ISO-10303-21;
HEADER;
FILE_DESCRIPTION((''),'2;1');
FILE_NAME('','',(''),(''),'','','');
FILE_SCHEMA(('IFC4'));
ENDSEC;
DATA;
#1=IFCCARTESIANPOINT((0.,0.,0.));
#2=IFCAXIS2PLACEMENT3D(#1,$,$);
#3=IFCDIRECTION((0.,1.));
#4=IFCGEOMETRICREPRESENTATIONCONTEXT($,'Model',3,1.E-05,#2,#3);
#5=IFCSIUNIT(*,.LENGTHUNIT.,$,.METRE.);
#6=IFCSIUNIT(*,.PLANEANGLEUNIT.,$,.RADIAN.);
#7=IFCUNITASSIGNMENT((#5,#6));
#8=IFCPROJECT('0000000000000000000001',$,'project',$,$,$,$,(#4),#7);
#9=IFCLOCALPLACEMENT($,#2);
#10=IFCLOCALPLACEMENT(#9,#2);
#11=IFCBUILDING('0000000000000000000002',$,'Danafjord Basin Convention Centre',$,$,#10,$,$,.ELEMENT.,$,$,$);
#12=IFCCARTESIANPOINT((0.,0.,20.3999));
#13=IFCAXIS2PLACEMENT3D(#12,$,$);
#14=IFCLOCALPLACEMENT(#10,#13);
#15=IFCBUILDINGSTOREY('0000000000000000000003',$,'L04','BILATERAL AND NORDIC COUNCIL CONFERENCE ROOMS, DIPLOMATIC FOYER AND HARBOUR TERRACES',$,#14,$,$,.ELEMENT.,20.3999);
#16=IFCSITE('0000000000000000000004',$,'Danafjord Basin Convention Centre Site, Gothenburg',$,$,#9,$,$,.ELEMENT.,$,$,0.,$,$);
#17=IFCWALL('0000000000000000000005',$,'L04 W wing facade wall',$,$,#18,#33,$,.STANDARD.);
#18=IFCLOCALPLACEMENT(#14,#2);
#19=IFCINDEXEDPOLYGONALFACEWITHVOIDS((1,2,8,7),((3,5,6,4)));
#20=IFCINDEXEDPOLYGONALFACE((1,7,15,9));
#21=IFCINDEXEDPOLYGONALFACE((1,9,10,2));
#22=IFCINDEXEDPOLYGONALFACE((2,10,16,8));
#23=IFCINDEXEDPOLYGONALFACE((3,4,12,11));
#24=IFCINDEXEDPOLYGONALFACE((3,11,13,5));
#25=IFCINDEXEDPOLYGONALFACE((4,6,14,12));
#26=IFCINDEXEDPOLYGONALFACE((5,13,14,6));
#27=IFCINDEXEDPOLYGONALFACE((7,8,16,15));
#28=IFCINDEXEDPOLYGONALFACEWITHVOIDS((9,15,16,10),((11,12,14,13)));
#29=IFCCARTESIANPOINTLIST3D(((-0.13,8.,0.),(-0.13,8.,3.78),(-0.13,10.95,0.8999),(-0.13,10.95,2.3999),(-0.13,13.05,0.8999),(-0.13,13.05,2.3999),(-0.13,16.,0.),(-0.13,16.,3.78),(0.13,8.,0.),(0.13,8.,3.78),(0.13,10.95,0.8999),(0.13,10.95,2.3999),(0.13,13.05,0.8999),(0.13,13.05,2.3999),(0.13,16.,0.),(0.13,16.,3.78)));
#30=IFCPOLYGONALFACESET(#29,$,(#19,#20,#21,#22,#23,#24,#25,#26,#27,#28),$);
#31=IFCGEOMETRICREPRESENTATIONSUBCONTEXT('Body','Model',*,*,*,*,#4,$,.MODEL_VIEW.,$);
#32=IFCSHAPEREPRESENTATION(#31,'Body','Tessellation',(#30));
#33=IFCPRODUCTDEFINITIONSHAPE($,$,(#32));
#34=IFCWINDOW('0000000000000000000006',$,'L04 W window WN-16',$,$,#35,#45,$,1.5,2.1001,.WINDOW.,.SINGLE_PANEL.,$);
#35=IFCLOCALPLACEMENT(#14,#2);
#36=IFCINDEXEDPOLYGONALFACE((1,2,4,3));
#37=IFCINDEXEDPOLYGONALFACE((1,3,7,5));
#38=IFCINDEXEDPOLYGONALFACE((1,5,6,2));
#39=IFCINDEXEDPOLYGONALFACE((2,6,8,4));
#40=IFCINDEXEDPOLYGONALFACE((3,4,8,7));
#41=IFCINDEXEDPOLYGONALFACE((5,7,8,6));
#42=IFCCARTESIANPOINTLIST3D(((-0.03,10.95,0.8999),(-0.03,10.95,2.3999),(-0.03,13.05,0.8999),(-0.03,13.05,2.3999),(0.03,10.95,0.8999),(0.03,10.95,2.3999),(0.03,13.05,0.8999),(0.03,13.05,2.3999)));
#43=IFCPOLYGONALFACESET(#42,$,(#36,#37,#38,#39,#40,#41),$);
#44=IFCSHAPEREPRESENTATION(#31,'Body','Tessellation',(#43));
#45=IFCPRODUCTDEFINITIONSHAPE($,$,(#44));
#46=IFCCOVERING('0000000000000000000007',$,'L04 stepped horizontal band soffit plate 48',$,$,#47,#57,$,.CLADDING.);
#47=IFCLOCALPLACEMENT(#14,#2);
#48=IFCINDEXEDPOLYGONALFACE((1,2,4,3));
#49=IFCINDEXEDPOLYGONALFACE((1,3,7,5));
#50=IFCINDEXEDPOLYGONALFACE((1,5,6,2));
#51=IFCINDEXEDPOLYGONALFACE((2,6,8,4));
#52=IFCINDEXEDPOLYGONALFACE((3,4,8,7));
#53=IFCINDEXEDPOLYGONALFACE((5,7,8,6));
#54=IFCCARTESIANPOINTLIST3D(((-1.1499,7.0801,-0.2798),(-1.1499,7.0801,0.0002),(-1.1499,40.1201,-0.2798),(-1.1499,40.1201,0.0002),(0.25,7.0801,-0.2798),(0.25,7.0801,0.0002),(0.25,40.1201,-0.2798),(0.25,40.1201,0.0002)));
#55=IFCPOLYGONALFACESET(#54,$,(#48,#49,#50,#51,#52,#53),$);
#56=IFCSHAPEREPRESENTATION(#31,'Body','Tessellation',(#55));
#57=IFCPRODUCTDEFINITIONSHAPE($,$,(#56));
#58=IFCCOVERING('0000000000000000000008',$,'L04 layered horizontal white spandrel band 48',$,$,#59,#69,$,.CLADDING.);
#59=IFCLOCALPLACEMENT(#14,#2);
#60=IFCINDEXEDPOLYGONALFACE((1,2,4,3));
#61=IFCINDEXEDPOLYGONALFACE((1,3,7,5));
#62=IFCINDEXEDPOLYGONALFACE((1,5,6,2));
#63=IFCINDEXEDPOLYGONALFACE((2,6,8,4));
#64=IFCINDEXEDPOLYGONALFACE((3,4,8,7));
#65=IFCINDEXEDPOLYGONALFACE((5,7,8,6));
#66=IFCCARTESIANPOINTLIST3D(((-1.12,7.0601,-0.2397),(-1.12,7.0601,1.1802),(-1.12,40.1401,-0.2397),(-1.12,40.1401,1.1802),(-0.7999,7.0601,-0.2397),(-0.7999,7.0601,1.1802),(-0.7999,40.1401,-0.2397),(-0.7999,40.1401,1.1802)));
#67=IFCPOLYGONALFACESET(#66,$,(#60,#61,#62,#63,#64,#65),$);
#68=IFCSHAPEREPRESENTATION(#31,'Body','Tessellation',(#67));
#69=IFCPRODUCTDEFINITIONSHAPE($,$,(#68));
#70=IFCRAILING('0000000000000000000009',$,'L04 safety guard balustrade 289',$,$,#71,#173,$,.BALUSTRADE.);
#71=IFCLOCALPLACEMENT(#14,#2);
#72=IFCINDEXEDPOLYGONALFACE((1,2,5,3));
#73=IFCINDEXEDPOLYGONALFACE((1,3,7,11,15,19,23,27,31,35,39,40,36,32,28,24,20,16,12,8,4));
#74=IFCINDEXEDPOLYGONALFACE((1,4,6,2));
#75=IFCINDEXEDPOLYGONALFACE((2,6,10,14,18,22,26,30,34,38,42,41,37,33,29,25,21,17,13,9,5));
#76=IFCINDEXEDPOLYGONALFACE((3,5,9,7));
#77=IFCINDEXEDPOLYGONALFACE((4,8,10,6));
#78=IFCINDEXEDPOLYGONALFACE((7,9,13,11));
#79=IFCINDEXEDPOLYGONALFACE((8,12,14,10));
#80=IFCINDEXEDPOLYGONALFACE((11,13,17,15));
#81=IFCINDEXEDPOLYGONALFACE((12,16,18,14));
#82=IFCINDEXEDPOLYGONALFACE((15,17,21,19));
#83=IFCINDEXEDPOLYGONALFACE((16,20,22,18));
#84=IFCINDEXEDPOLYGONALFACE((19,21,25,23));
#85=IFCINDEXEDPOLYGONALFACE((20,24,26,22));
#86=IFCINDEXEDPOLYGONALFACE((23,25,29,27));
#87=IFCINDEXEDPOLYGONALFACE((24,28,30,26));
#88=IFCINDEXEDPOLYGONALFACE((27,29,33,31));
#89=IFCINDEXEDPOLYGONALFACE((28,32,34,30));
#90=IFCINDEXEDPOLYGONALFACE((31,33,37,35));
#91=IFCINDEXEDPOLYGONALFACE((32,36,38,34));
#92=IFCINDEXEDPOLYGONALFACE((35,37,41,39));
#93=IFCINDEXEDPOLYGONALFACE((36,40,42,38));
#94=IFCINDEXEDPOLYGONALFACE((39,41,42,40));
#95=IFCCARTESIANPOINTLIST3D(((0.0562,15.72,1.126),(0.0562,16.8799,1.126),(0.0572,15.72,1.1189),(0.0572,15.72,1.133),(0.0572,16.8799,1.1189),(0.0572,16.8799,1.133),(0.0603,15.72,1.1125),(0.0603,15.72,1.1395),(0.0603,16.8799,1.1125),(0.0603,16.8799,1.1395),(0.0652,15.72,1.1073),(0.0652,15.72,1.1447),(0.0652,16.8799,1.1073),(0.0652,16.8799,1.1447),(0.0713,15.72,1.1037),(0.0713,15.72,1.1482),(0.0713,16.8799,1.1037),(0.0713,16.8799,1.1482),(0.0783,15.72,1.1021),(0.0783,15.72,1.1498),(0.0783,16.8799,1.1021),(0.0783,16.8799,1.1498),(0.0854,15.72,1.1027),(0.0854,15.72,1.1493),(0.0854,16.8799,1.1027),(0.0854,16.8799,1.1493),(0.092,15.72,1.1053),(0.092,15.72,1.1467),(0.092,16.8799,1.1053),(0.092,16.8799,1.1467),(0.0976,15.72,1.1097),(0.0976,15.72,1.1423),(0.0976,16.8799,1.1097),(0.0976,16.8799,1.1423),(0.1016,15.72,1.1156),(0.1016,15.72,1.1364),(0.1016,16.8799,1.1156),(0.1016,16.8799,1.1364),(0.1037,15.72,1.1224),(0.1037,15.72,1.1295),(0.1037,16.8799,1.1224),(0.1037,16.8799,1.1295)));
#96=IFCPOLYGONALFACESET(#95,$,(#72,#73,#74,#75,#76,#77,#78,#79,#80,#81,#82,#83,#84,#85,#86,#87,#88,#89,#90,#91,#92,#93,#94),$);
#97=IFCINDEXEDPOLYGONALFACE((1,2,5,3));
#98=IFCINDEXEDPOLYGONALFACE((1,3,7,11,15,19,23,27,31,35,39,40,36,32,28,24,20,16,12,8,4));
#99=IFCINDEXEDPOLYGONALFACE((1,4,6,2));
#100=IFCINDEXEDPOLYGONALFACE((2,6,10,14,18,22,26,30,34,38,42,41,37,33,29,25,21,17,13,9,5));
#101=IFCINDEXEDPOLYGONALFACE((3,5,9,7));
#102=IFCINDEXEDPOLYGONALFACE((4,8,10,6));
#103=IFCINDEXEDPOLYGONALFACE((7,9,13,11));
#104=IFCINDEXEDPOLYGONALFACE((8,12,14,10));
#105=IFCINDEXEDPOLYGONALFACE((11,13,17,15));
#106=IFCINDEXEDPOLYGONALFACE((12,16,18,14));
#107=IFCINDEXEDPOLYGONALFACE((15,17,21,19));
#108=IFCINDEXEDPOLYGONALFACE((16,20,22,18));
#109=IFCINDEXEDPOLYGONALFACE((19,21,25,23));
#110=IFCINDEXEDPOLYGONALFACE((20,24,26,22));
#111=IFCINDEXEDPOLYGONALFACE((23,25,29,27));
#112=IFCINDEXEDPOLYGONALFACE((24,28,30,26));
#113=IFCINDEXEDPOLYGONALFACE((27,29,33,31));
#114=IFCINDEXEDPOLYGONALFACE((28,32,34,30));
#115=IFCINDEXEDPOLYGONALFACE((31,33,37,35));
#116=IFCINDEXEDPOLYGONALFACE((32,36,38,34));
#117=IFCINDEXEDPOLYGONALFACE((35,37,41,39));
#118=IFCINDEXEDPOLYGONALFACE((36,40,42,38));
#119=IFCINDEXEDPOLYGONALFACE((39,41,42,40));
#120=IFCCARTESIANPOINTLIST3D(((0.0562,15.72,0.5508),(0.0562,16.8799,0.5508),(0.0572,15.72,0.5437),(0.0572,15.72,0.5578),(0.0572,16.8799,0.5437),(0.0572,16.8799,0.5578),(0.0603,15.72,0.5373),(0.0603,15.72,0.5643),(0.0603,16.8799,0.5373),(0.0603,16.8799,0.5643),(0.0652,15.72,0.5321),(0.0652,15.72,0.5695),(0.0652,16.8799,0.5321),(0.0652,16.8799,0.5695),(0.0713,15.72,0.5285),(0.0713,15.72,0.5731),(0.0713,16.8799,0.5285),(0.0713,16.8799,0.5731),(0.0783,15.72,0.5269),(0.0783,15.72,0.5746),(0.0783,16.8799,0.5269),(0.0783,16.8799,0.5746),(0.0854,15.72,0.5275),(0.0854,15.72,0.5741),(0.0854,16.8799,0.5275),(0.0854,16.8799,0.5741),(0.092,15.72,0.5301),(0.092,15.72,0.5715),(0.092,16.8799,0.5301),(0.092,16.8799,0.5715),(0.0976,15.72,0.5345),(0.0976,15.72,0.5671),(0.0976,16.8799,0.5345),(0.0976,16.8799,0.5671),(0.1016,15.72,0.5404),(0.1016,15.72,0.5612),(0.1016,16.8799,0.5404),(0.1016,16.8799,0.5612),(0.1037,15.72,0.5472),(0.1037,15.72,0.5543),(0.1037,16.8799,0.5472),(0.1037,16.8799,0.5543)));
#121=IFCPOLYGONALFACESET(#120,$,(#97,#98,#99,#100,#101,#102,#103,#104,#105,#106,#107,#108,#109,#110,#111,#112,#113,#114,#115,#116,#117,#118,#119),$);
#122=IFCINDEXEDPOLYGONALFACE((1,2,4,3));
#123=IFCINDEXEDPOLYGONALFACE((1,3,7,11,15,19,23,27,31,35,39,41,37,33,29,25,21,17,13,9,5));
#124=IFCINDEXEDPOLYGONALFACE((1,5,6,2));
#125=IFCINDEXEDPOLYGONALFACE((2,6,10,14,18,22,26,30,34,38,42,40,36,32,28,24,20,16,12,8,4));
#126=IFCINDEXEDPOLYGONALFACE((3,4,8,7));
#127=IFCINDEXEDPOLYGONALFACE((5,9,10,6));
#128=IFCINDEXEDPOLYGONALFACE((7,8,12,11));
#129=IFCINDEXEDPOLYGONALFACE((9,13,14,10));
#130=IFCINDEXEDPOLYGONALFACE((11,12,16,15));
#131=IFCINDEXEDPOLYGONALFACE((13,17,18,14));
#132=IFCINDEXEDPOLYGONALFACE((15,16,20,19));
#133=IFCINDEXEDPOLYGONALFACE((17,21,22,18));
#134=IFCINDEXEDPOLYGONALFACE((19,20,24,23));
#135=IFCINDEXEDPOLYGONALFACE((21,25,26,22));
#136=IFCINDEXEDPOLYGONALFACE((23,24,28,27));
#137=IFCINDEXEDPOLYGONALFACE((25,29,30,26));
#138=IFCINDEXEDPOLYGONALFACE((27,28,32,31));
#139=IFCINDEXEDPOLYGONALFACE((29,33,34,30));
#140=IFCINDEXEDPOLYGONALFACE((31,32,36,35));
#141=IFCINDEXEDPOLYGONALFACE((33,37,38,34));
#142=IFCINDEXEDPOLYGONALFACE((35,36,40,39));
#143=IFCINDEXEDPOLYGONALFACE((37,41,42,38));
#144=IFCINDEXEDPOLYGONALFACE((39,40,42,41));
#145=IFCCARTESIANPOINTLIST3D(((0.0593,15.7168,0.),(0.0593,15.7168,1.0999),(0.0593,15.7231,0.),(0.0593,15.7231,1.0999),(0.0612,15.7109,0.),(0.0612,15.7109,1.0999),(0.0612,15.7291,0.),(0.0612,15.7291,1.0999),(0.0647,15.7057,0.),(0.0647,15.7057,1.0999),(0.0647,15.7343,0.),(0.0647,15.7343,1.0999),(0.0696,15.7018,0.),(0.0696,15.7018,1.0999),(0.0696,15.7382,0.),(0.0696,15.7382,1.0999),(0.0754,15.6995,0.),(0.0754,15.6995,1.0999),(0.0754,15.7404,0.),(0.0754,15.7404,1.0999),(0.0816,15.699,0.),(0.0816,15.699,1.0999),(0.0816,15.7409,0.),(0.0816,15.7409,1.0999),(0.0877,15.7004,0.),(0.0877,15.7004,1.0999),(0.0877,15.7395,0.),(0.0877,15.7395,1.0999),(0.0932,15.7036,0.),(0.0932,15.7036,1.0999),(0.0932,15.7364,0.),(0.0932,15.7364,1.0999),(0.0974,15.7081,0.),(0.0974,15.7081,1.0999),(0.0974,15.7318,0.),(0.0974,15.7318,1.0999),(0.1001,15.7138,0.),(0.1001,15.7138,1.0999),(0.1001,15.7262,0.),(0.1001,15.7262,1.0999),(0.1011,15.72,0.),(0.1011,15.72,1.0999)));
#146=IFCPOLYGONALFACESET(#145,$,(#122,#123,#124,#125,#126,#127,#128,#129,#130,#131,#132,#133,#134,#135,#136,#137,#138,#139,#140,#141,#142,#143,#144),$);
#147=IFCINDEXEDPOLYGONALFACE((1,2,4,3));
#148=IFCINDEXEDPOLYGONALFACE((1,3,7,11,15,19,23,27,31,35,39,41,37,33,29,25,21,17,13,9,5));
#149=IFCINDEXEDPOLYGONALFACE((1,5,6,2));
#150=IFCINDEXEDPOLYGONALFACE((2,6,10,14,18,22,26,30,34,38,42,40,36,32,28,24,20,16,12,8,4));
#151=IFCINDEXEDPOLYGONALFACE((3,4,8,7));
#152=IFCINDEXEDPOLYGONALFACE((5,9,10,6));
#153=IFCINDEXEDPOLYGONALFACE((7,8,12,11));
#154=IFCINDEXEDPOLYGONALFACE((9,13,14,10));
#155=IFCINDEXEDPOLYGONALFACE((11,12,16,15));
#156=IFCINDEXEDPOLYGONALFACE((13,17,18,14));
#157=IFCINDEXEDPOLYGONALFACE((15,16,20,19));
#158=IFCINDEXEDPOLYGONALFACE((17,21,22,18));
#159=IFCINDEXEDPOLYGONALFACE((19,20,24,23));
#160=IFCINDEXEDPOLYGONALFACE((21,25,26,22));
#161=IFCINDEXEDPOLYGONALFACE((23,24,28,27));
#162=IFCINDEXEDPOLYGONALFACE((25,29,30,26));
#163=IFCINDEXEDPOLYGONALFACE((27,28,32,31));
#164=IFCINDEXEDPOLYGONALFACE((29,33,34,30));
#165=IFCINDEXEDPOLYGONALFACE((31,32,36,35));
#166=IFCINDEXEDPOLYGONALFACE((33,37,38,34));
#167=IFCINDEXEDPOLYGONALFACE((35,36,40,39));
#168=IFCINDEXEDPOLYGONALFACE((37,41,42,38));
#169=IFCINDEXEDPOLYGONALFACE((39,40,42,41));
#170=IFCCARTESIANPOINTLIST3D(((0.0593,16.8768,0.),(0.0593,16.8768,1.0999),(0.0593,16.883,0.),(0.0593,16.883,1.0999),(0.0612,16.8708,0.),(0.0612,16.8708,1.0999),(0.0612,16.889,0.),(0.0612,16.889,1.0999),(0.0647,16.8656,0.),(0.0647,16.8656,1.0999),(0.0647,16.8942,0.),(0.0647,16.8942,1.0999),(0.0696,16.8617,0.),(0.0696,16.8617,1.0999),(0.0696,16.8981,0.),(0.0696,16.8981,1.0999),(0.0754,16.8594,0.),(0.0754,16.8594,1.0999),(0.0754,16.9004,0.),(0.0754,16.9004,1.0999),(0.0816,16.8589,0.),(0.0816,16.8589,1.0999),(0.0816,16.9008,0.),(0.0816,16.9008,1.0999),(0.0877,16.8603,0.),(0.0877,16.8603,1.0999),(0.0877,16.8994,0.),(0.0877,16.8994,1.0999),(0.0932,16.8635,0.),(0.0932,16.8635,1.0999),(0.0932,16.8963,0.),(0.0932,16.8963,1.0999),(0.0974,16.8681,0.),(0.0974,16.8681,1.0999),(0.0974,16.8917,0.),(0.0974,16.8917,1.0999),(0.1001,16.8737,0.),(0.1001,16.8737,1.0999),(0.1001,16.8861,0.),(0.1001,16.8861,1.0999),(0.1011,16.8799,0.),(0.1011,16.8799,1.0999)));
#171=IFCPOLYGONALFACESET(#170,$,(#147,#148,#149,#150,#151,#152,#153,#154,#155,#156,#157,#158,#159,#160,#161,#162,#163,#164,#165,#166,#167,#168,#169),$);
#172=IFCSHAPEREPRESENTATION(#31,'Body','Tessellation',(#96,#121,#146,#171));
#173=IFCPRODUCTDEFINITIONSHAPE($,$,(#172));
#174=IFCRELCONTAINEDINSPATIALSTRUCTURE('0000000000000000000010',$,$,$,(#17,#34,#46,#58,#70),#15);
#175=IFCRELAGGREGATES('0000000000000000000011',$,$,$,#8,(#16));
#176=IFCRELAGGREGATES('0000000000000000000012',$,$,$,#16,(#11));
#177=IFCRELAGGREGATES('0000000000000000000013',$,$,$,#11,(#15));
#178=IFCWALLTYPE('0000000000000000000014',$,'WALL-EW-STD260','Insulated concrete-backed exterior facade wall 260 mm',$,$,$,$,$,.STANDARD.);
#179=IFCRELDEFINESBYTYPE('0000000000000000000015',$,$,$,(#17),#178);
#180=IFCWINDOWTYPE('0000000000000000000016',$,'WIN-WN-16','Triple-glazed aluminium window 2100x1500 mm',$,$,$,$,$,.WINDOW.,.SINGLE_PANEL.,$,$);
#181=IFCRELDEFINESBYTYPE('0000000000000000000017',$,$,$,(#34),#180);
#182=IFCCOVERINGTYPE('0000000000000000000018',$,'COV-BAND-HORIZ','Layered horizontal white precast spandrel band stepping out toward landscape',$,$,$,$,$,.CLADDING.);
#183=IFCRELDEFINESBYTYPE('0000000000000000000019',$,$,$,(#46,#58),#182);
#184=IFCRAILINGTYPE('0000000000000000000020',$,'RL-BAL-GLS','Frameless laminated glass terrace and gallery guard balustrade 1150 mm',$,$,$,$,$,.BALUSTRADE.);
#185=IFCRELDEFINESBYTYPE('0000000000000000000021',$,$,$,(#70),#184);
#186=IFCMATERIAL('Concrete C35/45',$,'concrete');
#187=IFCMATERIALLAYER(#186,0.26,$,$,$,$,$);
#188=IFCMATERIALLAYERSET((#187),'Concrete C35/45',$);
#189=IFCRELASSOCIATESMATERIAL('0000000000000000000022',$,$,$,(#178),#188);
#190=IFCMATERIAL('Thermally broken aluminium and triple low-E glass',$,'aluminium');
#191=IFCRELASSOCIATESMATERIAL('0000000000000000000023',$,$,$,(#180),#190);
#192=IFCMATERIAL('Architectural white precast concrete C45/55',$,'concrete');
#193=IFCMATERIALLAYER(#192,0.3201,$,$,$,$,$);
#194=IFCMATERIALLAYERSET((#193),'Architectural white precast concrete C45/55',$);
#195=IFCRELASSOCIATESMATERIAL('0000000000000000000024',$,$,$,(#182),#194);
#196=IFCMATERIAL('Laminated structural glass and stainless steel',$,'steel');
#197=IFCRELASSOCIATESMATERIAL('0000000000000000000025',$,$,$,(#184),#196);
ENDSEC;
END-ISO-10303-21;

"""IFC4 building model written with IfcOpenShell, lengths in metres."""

from ifc_helpers import new_model, si_unit, direction, frame, frame_2d, origin, origin_2d, place, context, subcontext, project, spatial, rectangle, circle, extrude, material, layer, layer_set, type_object, element, fill, save


model = new_model("IFC4")

# Units and contexts
model_context = context("Model", 3, precision=1e-05, world=origin(), true_north=direction((0.0, 1.0)))
body_context = subcontext(model_context, "Body", "Model", "MODEL_VIEW")
ifc_project = project(units=[si_unit("LENGTHUNIT", "METRE"), si_unit("PLANEANGLEUNIT", "RADIAN")], contexts=[model_context])

# Site, building, storey
site_placement = place(None, origin())
site = spatial("IfcSite", under=ifc_project, at=site_placement, Name="Danafjord Basin Convention Centre Site, Gothenburg", CompositionType="ELEMENT", RefElevation=0.0)
building_placement = place(site_placement, origin())
building = spatial("IfcBuilding", under=site, at=building_placement, Name="Danafjord Basin Convention Centre", CompositionType="ELEMENT")
storey_placement = place(building_placement, frame((0.0, 0.0, 20.3999)))
storey = spatial("IfcBuildingStorey", under=building, at=storey_placement, Name="L04", Description="BILATERAL AND NORDIC COUNCIL CONFERENCE ROOMS, DIPLOMATIC FOYER AND HARBOUR TERRACES", CompositionType="ELEMENT", Elevation=20.3999)

# Wall, opening, window
ifc_material_1 = material(Name="Concrete C35/45", Category="concrete")
ifc_layer_1 = layer(ifc_material_1, 0.26)
ifc_layer_set_1 = layer_set([ifc_layer_1], Name="Concrete C35/45")
wall_type = type_object("IfcWallType", Name="WALL-EW-STD260", Description="Insulated concrete-backed exterior facade wall 260 mm", PredefinedType="STANDARD", material=ifc_layer_set_1)
wall_placement = place(storey_placement, frame((0.0, 8.0, 0.0), z_axis=(0.0, 0.0, 1.0), x_axis=(0.0, 1.0, 0.0)))
wall = element("IfcWall", 1, at=wall_placement, inside=storey, type_object=wall_type, Name="L04 W wing facade wall", PredefinedType="STANDARD", context=body_context, shape_type="SweptSolid", body=[
    extrude(rectangle(XDim=8.0, YDim=0.26, at=frame_2d((4.0, 0.0))), origin(), (0.0, 0.0, 1.0), 3.78),
])
opening_placement = place(wall_placement, frame((2.95, 0.0, 0.8999)))
opening = element("IfcOpeningElement", 2, at=opening_placement, cuts=wall, PredefinedType="OPENING", context=body_context, shape_type="SweptSolid", body=[
    extrude(rectangle(XDim=2.1001, YDim=1.5, at=frame_2d((1.05, 0.75))), frame((0.0, 0.1399, 0.0), z_axis=(0.0, -1.0, 0.0), x_axis=(1.0, 0.0, 0.0)), (0.0, 0.0, 1.0), 0.28),
])
ifc_material_2 = material(Name="Thermally broken aluminium and triple low-E glass", Category="aluminium")
window_type = type_object("IfcWindowType", Name="WIN-WN-16", Description="Triple-glazed aluminium window 2100x1500 mm", PartitioningType="SINGLE_PANEL", PredefinedType="WINDOW", material=ifc_material_2)
window_placement = place(opening_placement, origin())
window = element("IfcWindow", 3, at=window_placement, inside=storey, type_object=window_type, Name="L04 W window WN-16", OverallHeight=1.5, OverallWidth=2.1001, PartitioningType="SINGLE_PANEL", PredefinedType="WINDOW", context=body_context, shape_type="SweptSolid", body=[
    extrude(rectangle(XDim=2.1001, YDim=1.5, at=frame_2d((1.05, 0.75))), frame((0.0, 0.03, 0.0), z_axis=(0.0, -1.0, 0.0), x_axis=(1.0, 0.0, 0.0)), (0.0, 0.0, 1.0), 0.0601),
])
fill(opening, window)

# Coverings
ifc_material_3 = material(Name="Architectural white precast concrete C45/55", Category="concrete")
ifc_layer_2 = layer(ifc_material_3, 0.3201)
ifc_layer_set_2 = layer_set([ifc_layer_2], Name="Architectural white precast concrete C45/55")
covering_type = type_object("IfcCoveringType", Name="COV-BAND-HORIZ", Description="Layered horizontal white precast spandrel band stepping out toward landscape", PredefinedType="CLADDING", material=ifc_layer_set_2)
covering_1_placement = place(storey_placement, frame((-0.45, 23.6001, -0.2798), z_axis=(0.0, 0.0, 1.0), x_axis=(0.0, -1.0, 0.0)))
element("IfcCovering", 4, at=covering_1_placement, inside=storey, type_object=covering_type, Name="L04 stepped horizontal band soffit plate 48", PredefinedType="CLADDING", context=body_context, shape_type="SweptSolid", body=[
    extrude(rectangle(XDim=33.04, YDim=1.3999, at=origin_2d()), origin(), (0.0, 0.0, 1.0), 0.28),
])
covering_2_placement = place(storey_placement, frame((-0.96, 23.6001, -0.2397), z_axis=(0.0, 0.0, 1.0), x_axis=(0.0, -1.0, 0.0)))
element("IfcCovering", 5, at=covering_2_placement, inside=storey, type_object=covering_type, Name="L04 layered horizontal white spandrel band 48", PredefinedType="CLADDING", context=body_context, shape_type="SweptSolid", body=[
    extrude(rectangle(XDim=33.0801, YDim=0.3201, at=origin_2d()), origin(), (0.0, 0.0, 1.0), 1.4199),
])

# Railing
ifc_material_4 = material(Name="Laminated structural glass and stainless steel", Category="steel")
railing_type = type_object("IfcRailingType", Name="RL-BAL-GLS", Description="Frameless laminated glass terrace and gallery guard balustrade 1150 mm", PredefinedType="BALUSTRADE", material=ifc_material_4)
for number, where, name in (
    (6, (0.0801, 15.72, 0.0), "L04 safety guard balustrade 289"),
):
    element("IfcRailing", number, at=place(storey_placement, frame(where)), inside=storey, type_object=railing_type, Name=name, PredefinedType="BALUSTRADE", context=body_context, shape_type="SweptSolid", body=[
        extrude(circle(Radius=0.0239, at=origin_2d()), frame((0.0, 0.0, 1.126), z_axis=(0.0, 1.0, 0.0), x_axis=(-1.0, 0.0, 0.0)), (0.0, 0.0, 1.0), 1.1599),
        extrude(circle(Radius=0.0239, at=origin_2d()), frame((0.0, 0.0, 0.5508), z_axis=(0.0, 1.0, 0.0), x_axis=(-1.0, 0.0, 0.0)), (0.0, 0.0, 1.0), 1.1599),
        extrude(circle(Radius=0.021, at=origin_2d()), origin(), (0.0, 0.0, 1.0), 1.0999),
        extrude(circle(Radius=0.021, at=origin_2d()), frame((0.0, 1.1599, 0.0)), (0.0, 0.0, 1.0), 1.0999),
    ])

save(model, "model.ifc")
